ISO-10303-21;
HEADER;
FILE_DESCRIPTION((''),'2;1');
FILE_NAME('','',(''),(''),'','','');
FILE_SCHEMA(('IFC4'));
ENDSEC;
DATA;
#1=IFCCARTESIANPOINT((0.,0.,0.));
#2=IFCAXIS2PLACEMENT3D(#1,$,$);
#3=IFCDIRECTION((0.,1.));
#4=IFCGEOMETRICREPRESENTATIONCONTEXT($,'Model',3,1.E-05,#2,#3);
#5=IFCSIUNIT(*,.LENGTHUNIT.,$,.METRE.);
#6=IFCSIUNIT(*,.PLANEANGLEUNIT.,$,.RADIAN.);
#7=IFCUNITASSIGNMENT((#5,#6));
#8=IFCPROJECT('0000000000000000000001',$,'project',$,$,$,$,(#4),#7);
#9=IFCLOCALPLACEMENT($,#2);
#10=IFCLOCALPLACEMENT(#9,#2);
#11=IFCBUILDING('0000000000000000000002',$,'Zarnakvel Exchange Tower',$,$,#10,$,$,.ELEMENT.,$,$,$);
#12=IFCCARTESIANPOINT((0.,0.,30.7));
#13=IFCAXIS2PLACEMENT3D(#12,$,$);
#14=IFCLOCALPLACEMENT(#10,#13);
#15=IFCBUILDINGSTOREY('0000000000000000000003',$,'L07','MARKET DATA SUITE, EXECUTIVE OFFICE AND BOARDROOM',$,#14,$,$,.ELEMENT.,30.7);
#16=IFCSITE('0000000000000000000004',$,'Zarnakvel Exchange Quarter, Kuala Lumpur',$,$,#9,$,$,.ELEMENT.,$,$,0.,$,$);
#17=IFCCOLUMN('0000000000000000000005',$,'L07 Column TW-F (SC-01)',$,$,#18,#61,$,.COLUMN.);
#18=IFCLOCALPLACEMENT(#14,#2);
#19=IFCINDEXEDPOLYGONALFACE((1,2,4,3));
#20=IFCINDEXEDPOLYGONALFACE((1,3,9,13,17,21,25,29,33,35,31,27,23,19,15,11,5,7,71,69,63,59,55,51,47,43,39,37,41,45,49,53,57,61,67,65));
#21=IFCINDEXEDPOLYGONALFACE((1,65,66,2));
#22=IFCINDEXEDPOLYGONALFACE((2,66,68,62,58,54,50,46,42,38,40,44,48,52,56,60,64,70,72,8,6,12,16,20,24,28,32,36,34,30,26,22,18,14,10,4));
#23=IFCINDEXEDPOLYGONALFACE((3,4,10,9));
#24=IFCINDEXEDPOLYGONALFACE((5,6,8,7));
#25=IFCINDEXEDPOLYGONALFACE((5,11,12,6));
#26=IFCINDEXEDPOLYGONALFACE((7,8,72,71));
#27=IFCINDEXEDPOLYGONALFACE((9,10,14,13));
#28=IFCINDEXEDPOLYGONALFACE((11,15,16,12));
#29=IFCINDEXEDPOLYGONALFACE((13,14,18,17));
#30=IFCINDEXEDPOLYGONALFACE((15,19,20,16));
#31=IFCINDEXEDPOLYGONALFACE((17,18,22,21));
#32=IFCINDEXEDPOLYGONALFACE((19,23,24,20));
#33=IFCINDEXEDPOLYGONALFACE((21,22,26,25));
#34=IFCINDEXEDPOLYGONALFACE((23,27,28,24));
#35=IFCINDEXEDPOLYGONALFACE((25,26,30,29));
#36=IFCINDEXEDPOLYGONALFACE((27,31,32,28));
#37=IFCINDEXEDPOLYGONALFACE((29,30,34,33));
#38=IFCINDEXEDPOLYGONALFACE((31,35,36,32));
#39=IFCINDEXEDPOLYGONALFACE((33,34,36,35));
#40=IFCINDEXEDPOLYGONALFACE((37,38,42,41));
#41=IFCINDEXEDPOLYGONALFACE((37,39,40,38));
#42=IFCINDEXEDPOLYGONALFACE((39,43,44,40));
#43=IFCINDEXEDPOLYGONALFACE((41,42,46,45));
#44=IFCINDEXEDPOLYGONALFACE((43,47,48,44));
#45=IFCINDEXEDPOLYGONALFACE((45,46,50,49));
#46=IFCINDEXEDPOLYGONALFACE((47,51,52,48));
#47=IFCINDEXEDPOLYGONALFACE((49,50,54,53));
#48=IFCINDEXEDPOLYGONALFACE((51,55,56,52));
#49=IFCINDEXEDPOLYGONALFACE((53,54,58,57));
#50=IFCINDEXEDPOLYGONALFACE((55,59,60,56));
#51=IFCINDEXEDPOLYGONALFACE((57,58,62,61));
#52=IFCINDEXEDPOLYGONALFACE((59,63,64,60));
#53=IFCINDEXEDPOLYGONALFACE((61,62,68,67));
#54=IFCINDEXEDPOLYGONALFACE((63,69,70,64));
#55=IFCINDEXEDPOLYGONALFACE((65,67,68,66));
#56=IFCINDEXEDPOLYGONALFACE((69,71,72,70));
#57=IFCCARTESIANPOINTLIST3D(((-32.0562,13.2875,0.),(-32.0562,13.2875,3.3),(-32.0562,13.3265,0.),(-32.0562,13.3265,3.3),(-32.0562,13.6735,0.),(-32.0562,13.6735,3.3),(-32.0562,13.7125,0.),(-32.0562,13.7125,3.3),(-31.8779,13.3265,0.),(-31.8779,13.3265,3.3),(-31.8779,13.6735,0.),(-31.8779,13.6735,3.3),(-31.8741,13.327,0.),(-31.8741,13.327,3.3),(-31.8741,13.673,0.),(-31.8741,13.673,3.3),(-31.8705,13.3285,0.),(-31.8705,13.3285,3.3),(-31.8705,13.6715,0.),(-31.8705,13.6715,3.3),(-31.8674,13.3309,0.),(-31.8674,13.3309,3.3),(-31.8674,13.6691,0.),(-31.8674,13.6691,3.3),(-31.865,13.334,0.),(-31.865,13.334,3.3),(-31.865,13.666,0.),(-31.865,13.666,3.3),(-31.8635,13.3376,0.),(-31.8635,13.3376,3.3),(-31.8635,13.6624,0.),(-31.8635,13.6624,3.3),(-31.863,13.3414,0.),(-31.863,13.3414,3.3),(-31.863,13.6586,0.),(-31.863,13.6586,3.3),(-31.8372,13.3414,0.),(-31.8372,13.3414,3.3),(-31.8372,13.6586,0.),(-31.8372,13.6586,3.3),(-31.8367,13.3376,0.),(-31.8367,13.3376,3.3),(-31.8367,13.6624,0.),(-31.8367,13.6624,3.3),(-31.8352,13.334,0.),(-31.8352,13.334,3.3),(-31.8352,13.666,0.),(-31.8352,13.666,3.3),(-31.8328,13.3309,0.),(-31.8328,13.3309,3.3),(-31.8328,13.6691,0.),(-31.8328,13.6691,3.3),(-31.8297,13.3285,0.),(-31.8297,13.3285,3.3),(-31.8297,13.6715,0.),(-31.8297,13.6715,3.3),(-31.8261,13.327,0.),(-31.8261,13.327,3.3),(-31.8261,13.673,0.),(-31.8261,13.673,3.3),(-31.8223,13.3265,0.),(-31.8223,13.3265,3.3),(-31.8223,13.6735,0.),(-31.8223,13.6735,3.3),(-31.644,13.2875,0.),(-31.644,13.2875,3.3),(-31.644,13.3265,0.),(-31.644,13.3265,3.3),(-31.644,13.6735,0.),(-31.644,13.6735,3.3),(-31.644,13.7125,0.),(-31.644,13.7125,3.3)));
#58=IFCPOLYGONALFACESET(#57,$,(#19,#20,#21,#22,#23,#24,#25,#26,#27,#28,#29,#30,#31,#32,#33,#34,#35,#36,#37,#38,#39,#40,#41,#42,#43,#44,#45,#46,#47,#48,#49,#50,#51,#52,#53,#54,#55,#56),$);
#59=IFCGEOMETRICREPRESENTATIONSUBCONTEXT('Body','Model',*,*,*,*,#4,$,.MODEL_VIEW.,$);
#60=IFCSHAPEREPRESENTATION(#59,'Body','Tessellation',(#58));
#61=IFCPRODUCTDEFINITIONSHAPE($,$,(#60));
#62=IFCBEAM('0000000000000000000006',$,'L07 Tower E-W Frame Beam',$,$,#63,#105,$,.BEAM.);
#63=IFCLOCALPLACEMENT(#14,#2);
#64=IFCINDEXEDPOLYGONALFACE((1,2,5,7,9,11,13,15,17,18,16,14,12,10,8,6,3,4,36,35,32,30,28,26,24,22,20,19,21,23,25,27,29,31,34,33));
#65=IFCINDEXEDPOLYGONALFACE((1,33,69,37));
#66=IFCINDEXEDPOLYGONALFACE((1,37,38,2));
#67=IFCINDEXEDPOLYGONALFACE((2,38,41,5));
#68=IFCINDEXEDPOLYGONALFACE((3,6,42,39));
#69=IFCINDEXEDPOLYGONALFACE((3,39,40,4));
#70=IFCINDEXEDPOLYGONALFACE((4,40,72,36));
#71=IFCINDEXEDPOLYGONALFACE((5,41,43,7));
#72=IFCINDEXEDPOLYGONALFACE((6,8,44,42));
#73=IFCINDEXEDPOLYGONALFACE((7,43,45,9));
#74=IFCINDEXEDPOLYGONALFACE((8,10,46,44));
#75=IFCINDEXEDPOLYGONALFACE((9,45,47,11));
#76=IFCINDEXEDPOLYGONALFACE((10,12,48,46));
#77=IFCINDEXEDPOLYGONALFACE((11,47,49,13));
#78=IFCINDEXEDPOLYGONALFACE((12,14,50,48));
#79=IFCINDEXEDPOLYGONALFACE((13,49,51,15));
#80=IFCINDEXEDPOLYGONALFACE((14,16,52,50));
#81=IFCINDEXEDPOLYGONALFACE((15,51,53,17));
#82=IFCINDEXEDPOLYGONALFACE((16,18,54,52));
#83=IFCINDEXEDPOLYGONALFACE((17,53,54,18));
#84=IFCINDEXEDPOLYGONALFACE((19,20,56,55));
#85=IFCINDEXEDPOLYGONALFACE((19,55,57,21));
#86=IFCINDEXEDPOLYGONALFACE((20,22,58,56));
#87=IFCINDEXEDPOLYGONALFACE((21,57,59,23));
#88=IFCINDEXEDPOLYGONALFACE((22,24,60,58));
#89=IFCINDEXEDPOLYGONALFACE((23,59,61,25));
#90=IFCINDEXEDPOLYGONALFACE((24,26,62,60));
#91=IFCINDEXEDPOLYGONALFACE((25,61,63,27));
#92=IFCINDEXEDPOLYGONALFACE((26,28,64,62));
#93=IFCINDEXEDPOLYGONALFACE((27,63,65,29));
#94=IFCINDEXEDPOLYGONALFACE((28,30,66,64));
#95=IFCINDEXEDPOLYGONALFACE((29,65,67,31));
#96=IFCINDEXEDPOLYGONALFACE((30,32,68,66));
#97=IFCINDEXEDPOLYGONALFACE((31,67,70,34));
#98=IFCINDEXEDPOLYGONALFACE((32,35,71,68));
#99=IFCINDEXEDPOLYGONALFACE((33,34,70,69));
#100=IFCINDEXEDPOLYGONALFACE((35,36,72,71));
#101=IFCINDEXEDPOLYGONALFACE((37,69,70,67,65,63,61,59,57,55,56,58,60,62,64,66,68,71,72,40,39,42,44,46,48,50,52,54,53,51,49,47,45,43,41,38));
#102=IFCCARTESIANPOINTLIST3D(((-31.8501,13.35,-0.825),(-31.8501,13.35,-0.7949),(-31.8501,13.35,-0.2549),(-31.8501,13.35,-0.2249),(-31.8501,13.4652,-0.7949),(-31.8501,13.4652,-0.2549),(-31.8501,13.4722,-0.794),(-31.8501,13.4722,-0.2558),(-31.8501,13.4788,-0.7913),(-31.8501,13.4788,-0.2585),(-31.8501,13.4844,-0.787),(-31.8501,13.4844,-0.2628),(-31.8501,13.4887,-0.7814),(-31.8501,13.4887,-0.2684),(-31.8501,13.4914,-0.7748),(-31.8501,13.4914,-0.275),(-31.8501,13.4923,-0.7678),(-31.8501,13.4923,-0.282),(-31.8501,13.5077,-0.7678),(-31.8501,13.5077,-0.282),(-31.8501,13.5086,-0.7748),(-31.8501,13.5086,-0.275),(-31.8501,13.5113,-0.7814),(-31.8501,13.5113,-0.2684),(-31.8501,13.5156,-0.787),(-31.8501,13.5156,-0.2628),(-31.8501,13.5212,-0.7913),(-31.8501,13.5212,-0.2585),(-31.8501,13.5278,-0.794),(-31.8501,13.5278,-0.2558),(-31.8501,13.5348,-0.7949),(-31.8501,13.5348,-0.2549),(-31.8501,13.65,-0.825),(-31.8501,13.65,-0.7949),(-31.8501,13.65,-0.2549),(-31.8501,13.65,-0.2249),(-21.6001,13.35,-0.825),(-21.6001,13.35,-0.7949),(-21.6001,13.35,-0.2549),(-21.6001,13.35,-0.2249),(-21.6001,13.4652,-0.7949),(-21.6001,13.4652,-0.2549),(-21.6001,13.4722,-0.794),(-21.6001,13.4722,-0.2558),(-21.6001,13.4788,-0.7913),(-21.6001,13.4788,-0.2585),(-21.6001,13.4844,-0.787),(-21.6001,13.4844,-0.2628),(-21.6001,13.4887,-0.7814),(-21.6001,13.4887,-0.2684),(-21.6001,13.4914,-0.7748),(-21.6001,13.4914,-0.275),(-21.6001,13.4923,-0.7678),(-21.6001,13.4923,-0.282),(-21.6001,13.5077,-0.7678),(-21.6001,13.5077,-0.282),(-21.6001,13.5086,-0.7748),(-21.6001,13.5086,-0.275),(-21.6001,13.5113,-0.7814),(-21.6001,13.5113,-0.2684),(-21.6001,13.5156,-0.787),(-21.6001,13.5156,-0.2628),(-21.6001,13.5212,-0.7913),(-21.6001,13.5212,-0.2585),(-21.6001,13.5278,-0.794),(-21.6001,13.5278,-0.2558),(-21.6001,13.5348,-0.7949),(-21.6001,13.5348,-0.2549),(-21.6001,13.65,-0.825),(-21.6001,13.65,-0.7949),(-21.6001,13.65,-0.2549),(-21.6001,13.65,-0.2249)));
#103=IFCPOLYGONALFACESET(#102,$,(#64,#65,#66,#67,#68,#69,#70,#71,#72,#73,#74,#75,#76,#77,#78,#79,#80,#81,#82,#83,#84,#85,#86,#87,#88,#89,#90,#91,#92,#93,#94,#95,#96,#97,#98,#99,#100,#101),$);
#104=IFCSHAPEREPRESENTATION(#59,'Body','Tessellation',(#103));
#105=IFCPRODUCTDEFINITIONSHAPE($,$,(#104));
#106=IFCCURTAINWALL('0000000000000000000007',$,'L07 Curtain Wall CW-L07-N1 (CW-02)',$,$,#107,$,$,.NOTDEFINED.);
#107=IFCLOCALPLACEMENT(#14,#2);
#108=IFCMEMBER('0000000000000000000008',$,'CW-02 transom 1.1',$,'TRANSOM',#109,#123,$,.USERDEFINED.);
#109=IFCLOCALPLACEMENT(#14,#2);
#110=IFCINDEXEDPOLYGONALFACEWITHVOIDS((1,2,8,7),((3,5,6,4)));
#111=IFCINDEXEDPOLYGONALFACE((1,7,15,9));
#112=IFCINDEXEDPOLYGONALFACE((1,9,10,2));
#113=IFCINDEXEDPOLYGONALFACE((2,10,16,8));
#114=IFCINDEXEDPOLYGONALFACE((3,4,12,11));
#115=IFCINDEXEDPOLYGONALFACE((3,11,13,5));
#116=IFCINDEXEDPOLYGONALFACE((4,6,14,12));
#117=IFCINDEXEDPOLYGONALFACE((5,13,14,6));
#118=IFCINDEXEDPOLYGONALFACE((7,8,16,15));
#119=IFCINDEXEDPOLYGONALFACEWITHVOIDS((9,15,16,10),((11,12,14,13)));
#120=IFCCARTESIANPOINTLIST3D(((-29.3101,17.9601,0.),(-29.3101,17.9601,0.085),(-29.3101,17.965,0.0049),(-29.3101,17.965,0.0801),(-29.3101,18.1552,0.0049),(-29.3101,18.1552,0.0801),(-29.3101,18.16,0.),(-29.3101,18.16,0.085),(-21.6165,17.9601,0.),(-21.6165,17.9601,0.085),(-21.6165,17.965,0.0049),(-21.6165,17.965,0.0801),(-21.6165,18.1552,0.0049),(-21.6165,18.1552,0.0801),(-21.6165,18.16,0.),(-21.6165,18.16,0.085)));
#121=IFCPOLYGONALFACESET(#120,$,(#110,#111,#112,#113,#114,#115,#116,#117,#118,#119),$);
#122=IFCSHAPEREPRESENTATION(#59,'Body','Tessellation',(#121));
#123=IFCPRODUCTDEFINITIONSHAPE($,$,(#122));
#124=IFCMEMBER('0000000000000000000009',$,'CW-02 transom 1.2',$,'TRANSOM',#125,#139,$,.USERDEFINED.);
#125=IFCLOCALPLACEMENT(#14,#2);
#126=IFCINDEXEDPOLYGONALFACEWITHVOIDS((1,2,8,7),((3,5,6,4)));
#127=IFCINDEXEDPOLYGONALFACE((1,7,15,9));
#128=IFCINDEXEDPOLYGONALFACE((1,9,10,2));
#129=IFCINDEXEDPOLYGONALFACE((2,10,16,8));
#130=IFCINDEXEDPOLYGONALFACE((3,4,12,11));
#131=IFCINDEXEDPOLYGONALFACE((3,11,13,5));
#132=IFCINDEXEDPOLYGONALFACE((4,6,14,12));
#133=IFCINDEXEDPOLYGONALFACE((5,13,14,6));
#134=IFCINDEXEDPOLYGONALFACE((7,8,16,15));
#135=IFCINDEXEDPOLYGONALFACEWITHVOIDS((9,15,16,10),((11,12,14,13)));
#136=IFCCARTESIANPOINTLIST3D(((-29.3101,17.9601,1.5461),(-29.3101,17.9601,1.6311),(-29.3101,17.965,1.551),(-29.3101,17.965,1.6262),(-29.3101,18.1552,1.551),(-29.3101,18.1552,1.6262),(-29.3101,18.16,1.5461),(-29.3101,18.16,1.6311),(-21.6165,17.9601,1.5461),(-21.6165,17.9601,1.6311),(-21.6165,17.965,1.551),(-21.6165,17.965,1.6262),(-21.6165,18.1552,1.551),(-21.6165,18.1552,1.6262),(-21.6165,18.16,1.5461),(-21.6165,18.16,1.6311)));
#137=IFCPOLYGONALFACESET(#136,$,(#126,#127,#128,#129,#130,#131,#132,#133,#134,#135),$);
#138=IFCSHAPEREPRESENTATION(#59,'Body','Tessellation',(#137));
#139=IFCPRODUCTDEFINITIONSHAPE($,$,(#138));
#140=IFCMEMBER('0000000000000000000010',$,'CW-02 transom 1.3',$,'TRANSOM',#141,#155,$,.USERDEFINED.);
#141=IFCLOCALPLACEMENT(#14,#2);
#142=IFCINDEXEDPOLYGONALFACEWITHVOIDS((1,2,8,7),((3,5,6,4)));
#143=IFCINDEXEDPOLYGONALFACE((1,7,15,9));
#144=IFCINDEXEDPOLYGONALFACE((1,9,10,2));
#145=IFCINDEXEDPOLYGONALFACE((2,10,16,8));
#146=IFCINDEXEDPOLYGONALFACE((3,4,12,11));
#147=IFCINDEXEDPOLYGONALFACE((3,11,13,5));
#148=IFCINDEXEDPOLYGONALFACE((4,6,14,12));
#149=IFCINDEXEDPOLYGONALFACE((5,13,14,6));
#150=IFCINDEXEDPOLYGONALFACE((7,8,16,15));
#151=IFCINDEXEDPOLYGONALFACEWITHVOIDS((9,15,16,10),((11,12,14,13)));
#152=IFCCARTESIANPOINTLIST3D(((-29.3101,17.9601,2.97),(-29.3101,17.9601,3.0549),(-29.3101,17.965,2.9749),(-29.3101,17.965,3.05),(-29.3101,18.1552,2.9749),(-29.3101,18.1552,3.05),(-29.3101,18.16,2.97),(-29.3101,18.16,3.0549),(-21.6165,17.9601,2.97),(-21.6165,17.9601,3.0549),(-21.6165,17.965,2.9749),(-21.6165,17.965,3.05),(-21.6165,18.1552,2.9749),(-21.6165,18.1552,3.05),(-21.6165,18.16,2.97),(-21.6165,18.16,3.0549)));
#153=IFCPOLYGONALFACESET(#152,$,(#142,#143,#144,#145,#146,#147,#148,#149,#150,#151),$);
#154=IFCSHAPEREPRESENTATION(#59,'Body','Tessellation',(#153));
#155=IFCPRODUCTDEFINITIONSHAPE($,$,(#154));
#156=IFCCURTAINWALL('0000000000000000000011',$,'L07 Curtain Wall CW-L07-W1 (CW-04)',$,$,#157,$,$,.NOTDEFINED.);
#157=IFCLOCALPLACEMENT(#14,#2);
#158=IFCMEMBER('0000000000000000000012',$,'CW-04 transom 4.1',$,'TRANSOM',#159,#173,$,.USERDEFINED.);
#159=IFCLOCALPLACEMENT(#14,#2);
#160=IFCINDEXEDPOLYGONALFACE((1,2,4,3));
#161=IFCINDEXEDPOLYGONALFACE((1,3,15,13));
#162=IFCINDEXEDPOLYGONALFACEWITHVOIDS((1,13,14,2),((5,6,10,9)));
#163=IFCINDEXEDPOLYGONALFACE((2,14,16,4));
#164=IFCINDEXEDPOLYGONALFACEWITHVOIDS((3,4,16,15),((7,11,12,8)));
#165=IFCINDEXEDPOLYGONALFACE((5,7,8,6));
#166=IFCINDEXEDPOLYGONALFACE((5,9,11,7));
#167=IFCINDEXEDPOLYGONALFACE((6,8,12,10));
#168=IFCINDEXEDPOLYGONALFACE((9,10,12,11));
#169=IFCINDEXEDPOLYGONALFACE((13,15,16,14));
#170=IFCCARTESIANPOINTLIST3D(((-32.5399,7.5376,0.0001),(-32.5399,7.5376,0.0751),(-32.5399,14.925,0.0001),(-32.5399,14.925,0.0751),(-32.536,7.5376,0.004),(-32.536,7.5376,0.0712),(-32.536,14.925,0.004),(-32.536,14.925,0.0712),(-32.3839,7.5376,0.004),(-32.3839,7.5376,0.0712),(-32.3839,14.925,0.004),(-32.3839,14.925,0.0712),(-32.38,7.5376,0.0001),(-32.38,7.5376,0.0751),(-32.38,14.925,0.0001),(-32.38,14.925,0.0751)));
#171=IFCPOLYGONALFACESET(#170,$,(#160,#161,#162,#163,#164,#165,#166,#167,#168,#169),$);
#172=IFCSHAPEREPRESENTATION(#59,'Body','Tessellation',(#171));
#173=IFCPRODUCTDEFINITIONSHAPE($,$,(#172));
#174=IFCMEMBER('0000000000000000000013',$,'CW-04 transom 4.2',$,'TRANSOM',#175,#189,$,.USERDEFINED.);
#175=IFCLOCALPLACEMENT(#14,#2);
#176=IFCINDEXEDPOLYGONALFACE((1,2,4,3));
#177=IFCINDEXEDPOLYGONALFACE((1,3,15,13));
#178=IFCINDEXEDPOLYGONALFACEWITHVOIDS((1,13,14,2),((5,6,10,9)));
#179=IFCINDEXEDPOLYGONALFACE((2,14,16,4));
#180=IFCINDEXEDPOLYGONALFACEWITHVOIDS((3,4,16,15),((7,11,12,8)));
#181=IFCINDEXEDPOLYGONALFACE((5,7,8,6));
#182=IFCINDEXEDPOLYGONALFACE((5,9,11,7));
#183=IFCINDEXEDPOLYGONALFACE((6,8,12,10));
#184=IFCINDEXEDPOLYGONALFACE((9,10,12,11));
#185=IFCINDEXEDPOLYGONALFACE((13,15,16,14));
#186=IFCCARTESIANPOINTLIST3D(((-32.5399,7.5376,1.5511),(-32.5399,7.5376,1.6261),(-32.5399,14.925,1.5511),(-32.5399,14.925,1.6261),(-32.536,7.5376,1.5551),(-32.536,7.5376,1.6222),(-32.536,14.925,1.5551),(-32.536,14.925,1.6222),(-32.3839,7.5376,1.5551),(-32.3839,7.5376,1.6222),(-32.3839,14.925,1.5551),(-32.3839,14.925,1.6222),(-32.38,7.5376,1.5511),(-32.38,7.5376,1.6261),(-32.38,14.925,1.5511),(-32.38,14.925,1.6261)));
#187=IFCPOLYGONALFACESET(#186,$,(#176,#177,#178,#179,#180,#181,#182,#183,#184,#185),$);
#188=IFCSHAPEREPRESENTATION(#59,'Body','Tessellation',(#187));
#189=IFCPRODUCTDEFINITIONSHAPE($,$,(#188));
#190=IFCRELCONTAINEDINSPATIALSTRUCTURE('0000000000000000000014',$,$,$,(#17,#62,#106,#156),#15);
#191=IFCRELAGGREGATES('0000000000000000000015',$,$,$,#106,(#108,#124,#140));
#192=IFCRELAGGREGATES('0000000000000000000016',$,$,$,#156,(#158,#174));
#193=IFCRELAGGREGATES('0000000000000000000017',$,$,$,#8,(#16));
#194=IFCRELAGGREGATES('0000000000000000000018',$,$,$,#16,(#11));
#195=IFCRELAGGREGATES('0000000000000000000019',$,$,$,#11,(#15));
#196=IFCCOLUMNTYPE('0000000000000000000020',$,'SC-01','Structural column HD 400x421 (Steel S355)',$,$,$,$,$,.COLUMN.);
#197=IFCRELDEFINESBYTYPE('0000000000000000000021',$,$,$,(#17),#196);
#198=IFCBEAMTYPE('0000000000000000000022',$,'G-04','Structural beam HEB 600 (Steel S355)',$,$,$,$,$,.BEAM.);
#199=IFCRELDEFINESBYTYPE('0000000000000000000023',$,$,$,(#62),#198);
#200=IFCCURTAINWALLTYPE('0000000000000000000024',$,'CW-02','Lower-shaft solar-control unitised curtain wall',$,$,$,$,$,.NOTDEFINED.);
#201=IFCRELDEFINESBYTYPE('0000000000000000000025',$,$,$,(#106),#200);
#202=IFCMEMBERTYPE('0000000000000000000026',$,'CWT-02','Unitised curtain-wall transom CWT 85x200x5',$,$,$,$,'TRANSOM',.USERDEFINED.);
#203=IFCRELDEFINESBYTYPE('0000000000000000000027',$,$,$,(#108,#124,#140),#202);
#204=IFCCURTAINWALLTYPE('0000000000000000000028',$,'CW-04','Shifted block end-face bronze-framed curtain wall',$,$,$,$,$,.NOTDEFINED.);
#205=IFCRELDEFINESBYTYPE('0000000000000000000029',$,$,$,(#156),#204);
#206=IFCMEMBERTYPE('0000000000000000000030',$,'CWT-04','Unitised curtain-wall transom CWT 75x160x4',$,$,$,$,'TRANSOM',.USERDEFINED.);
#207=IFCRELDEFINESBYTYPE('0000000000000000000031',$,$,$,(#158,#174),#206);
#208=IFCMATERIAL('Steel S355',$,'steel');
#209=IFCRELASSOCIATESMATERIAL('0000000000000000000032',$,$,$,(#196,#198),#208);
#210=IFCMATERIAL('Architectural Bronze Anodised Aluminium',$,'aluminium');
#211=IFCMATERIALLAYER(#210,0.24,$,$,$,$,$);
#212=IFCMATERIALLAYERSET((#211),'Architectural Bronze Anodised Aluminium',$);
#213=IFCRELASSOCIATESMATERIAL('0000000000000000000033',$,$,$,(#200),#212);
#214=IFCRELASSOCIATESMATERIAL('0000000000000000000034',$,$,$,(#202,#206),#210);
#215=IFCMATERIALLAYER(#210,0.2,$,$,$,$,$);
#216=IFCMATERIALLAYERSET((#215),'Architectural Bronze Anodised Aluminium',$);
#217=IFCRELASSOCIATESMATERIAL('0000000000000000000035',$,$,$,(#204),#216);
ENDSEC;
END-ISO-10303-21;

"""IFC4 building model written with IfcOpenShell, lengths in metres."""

from ifc_helpers import new_model, si_unit, direction, frame, origin, origin_2d, place, context, subcontext, project, spatial, hollow_rectangle, i_section, extrude, source, transform, mapped, material, layer, layer_set, material_profile, profile_set, type_object, element, aggregate, save


model = new_model("IFC4")

# Units and contexts
model_context = context("Model", 3, precision=1e-05, world=origin(), true_north=direction((0.0, 1.0)))
body_context = subcontext(model_context, "Body", "Model", "MODEL_VIEW")
ifc_project = project(units=[si_unit("LENGTHUNIT", "METRE"), si_unit("PLANEANGLEUNIT", "RADIAN")], contexts=[model_context])

# Site, building, storey
site_placement = place(None, origin())
site = spatial("IfcSite", under=ifc_project, at=site_placement, Name="Zarnakvel Exchange Quarter, Kuala Lumpur", CompositionType="ELEMENT", RefElevation=0.0)
building_placement = place(site_placement, origin())
building = spatial("IfcBuilding", under=site, at=building_placement, Name="Zarnakvel Exchange Tower", CompositionType="ELEMENT")
storey_placement = place(building_placement, frame((0.0, 0.0, 30.7)))
storey = spatial("IfcBuildingStorey", under=building, at=storey_placement, Name="L07", Description="MARKET DATA SUITE, EXECUTIVE OFFICE AND BOARDROOM", CompositionType="ELEMENT", Elevation=30.7)

# Column
ifc_material_1 = material(Name="Steel S355", Category="steel")
ifc_material_profile_1 = material_profile(ifc_material_1, i_section(OverallWidth=0.4121, OverallDepth=0.425, WebThickness=0.0259, FlangeThickness=0.0391, FilletRadius=0.0149, at=origin_2d()))
ifc_profile_set_1 = profile_set([ifc_material_profile_1], Name="Steel S355")
column_type = type_object("IfcColumnType", Name="SC-01", Description="Structural column HD 400x421 (Steel S355)", PredefinedType="COLUMN", material=ifc_profile_set_1)
column_placement = place(storey_placement, frame((-31.8501, 13.5, 0.0), z_axis=(0.0, 0.0, 1.0), x_axis=(1.0, 0.0, 0.0)))
element("IfcColumn", 1, at=column_placement, inside=storey, type_object=column_type, Name="L07 Column TW-F (SC-01)", PredefinedType="COLUMN", context=body_context, shape_type="SweptSolid", body=[
    extrude(i_section(OverallWidth=0.4121, OverallDepth=0.425, WebThickness=0.0259, FlangeThickness=0.0391, FilletRadius=0.0149, at=origin_2d()), origin(), (0.0, 0.0, 1.0), 3.3),
])

# Beam
ifc_material_profile_2 = material_profile(ifc_material_1, i_section(OverallWidth=0.3, OverallDepth=0.6001, WebThickness=0.0154, FlangeThickness=0.03, FilletRadius=0.0271, at=origin_2d()))
ifc_profile_set_2 = profile_set([ifc_material_profile_2], Name="Steel S355")
beam_type = type_object("IfcBeamType", Name="G-04", Description="Structural beam HEB 600 (Steel S355)", PredefinedType="BEAM", material=ifc_profile_set_2)
beam_placement = place(storey_placement, frame((-31.8501, 13.5, -0.5249), z_axis=(1.0, 0.0, 0.0), x_axis=(0.0, 1.0, 0.0)))
element("IfcBeam", 2, at=beam_placement, inside=storey, type_object=beam_type, Name="L07 Tower E-W Frame Beam", PredefinedType="BEAM", context=body_context, shape_type="SweptSolid", body=[
    extrude(i_section(OverallWidth=0.3, OverallDepth=0.6001, WebThickness=0.0154, FlangeThickness=0.03, FilletRadius=0.0271, at=origin_2d()), origin(), (0.0, 0.0, 1.0), 10.25),
])

# Curtain walls, members
ifc_material_2 = material(Name="Architectural Bronze Anodised Aluminium", Category="aluminium")
ifc_layer_1 = layer(ifc_material_2, 0.24)
ifc_layer_set_1 = layer_set([ifc_layer_1], Name="Architectural Bronze Anodised Aluminium")
curtain_wall_type_1 = type_object("IfcCurtainWallType", Name="CW-02", Description="Lower-shaft solar-control unitised curtain wall", PredefinedType="NOTDEFINED", material=ifc_layer_set_1)
curtain_wall_1_placement = place(storey_placement, origin())
curtain_wall_1 = element("IfcCurtainWall", 3, at=curtain_wall_1_placement, inside=storey, type_object=curtain_wall_type_1, Name="L07 Curtain Wall CW-L07-N1 (CW-02)", PredefinedType="NOTDEFINED")
ifc_material_profile_3 = material_profile(ifc_material_2, hollow_rectangle(XDim=0.2, YDim=0.085, WallThickness=0.0049, at=origin_2d()))
ifc_profile_set_3 = profile_set([ifc_material_profile_3], Name="Architectural Bronze Anodised Aluminium")
member_type_1 = type_object("IfcMemberType", Name="CWT-02", Description="Unitised curtain-wall transom CWT 85x200x5", ElementType="TRANSOM", PredefinedType="USERDEFINED", material=ifc_profile_set_3)
shared_shape_1 = source(origin(), body_context, "Body", "SweptSolid", [
    extrude(hollow_rectangle(XDim=0.2, YDim=0.085, WallThickness=0.0049, at=origin_2d()), origin(), (0.0, 0.0, 1.0), 7.6936),
])
member_1_placement = place(storey_placement, frame((-29.3101, 18.0601, 0.0425), z_axis=(1.0, 0.0, 0.0), x_axis=(0.0, 1.0, 0.0)))
member_1 = element("IfcMember", 4, at=member_1_placement, type_object=member_type_1, Name="CW-02 transom 1.1", ObjectType="TRANSOM", PredefinedType="USERDEFINED", context=body_context, shape_type="MappedRepresentation", body=[
    mapped(shared_shape_1, transform((0.0, 0.0, 0.0), x_axis=(1.0, 0.0, 0.0), y_axis=(0.0, 1.0, 0.0), z_axis=(0.0, 0.0, 1.0), scale=1.0)),
])
member_2_placement = place(storey_placement, frame((-29.3101, 18.0601, 1.5886), z_axis=(1.0, 0.0, 0.0), x_axis=(0.0, 1.0, 0.0)))
member_2 = element("IfcMember", 5, at=member_2_placement, type_object=member_type_1, Name="CW-02 transom 1.2", ObjectType="TRANSOM", PredefinedType="USERDEFINED", context=body_context, shape_type="MappedRepresentation", body=[
    mapped(shared_shape_1, transform((0.0, 0.0, 0.0), x_axis=(1.0, 0.0, 0.0), y_axis=(0.0, 1.0, 0.0), z_axis=(0.0, 0.0, 1.0), scale=1.0)),
])
member_3_placement = place(storey_placement, frame((-29.3101, 18.0601, 3.0125), z_axis=(1.0, 0.0, 0.0), x_axis=(0.0, 1.0, 0.0)))
member_3 = element("IfcMember", 6, at=member_3_placement, type_object=member_type_1, Name="CW-02 transom 1.3", ObjectType="TRANSOM", PredefinedType="USERDEFINED", context=body_context, shape_type="MappedRepresentation", body=[
    mapped(shared_shape_1, transform((0.0, 0.0, 0.0), x_axis=(1.0, 0.0, 0.0), y_axis=(0.0, 1.0, 0.0), z_axis=(0.0, 0.0, 1.0), scale=1.0)),
])
ifc_layer_2 = layer(ifc_material_2, 0.2)
ifc_layer_set_2 = layer_set([ifc_layer_2], Name="Architectural Bronze Anodised Aluminium")
curtain_wall_type_2 = type_object("IfcCurtainWallType", Name="CW-04", Description="Shifted block end-face bronze-framed curtain wall", PredefinedType="NOTDEFINED", material=ifc_layer_set_2)
curtain_wall_2_placement = place(storey_placement, origin())
curtain_wall_2 = element("IfcCurtainWall", 7, at=curtain_wall_2_placement, inside=storey, type_object=curtain_wall_type_2, Name="L07 Curtain Wall CW-L07-W1 (CW-04)", PredefinedType="NOTDEFINED")
ifc_material_profile_4 = material_profile(ifc_material_2, hollow_rectangle(XDim=0.1599, YDim=0.075, WallThickness=0.0039, at=origin_2d()))
ifc_profile_set_4 = profile_set([ifc_material_profile_4], Name="Architectural Bronze Anodised Aluminium")
member_type_2 = type_object("IfcMemberType", Name="CWT-04", Description="Unitised curtain-wall transom CWT 75x160x4", ElementType="TRANSOM", PredefinedType="USERDEFINED", material=ifc_profile_set_4)
shared_shape_2 = source(origin(), body_context, "Body", "SweptSolid", [
    extrude(hollow_rectangle(XDim=0.1599, YDim=0.075, WallThickness=0.0039, at=origin_2d()), origin(), (0.0, 0.0, 1.0), 7.3875),
])
member_4_placement = place(storey_placement, frame((-32.46, 7.5376, 0.0376), z_axis=(0.0, 1.0, 0.0), x_axis=(-1.0, 0.0, 0.0)))
member_4 = element("IfcMember", 8, at=member_4_placement, type_object=member_type_2, Name="CW-04 transom 4.1", ObjectType="TRANSOM", PredefinedType="USERDEFINED", context=body_context, shape_type="MappedRepresentation", body=[
    mapped(shared_shape_2, transform((0.0, 0.0, 0.0), x_axis=(1.0, 0.0, 0.0), y_axis=(0.0, 1.0, 0.0), z_axis=(0.0, 0.0, 1.0), scale=1.0)),
])
member_5_placement = place(storey_placement, frame((-32.46, 7.5376, 1.5886), z_axis=(0.0, 1.0, 0.0), x_axis=(-1.0, 0.0, 0.0)))
member_5 = element("IfcMember", 9, at=member_5_placement, type_object=member_type_2, Name="CW-04 transom 4.2", ObjectType="TRANSOM", PredefinedType="USERDEFINED", context=body_context, shape_type="MappedRepresentation", body=[
    mapped(shared_shape_2, transform((0.0, 0.0, 0.0), x_axis=(1.0, 0.0, 0.0), y_axis=(0.0, 1.0, 0.0), z_axis=(0.0, 0.0, 1.0), scale=1.0)),
])

aggregate(curtain_wall_1, [member_1, member_2, member_3])
aggregate(curtain_wall_2, [member_4, member_5])

save(model, "model.ifc")
